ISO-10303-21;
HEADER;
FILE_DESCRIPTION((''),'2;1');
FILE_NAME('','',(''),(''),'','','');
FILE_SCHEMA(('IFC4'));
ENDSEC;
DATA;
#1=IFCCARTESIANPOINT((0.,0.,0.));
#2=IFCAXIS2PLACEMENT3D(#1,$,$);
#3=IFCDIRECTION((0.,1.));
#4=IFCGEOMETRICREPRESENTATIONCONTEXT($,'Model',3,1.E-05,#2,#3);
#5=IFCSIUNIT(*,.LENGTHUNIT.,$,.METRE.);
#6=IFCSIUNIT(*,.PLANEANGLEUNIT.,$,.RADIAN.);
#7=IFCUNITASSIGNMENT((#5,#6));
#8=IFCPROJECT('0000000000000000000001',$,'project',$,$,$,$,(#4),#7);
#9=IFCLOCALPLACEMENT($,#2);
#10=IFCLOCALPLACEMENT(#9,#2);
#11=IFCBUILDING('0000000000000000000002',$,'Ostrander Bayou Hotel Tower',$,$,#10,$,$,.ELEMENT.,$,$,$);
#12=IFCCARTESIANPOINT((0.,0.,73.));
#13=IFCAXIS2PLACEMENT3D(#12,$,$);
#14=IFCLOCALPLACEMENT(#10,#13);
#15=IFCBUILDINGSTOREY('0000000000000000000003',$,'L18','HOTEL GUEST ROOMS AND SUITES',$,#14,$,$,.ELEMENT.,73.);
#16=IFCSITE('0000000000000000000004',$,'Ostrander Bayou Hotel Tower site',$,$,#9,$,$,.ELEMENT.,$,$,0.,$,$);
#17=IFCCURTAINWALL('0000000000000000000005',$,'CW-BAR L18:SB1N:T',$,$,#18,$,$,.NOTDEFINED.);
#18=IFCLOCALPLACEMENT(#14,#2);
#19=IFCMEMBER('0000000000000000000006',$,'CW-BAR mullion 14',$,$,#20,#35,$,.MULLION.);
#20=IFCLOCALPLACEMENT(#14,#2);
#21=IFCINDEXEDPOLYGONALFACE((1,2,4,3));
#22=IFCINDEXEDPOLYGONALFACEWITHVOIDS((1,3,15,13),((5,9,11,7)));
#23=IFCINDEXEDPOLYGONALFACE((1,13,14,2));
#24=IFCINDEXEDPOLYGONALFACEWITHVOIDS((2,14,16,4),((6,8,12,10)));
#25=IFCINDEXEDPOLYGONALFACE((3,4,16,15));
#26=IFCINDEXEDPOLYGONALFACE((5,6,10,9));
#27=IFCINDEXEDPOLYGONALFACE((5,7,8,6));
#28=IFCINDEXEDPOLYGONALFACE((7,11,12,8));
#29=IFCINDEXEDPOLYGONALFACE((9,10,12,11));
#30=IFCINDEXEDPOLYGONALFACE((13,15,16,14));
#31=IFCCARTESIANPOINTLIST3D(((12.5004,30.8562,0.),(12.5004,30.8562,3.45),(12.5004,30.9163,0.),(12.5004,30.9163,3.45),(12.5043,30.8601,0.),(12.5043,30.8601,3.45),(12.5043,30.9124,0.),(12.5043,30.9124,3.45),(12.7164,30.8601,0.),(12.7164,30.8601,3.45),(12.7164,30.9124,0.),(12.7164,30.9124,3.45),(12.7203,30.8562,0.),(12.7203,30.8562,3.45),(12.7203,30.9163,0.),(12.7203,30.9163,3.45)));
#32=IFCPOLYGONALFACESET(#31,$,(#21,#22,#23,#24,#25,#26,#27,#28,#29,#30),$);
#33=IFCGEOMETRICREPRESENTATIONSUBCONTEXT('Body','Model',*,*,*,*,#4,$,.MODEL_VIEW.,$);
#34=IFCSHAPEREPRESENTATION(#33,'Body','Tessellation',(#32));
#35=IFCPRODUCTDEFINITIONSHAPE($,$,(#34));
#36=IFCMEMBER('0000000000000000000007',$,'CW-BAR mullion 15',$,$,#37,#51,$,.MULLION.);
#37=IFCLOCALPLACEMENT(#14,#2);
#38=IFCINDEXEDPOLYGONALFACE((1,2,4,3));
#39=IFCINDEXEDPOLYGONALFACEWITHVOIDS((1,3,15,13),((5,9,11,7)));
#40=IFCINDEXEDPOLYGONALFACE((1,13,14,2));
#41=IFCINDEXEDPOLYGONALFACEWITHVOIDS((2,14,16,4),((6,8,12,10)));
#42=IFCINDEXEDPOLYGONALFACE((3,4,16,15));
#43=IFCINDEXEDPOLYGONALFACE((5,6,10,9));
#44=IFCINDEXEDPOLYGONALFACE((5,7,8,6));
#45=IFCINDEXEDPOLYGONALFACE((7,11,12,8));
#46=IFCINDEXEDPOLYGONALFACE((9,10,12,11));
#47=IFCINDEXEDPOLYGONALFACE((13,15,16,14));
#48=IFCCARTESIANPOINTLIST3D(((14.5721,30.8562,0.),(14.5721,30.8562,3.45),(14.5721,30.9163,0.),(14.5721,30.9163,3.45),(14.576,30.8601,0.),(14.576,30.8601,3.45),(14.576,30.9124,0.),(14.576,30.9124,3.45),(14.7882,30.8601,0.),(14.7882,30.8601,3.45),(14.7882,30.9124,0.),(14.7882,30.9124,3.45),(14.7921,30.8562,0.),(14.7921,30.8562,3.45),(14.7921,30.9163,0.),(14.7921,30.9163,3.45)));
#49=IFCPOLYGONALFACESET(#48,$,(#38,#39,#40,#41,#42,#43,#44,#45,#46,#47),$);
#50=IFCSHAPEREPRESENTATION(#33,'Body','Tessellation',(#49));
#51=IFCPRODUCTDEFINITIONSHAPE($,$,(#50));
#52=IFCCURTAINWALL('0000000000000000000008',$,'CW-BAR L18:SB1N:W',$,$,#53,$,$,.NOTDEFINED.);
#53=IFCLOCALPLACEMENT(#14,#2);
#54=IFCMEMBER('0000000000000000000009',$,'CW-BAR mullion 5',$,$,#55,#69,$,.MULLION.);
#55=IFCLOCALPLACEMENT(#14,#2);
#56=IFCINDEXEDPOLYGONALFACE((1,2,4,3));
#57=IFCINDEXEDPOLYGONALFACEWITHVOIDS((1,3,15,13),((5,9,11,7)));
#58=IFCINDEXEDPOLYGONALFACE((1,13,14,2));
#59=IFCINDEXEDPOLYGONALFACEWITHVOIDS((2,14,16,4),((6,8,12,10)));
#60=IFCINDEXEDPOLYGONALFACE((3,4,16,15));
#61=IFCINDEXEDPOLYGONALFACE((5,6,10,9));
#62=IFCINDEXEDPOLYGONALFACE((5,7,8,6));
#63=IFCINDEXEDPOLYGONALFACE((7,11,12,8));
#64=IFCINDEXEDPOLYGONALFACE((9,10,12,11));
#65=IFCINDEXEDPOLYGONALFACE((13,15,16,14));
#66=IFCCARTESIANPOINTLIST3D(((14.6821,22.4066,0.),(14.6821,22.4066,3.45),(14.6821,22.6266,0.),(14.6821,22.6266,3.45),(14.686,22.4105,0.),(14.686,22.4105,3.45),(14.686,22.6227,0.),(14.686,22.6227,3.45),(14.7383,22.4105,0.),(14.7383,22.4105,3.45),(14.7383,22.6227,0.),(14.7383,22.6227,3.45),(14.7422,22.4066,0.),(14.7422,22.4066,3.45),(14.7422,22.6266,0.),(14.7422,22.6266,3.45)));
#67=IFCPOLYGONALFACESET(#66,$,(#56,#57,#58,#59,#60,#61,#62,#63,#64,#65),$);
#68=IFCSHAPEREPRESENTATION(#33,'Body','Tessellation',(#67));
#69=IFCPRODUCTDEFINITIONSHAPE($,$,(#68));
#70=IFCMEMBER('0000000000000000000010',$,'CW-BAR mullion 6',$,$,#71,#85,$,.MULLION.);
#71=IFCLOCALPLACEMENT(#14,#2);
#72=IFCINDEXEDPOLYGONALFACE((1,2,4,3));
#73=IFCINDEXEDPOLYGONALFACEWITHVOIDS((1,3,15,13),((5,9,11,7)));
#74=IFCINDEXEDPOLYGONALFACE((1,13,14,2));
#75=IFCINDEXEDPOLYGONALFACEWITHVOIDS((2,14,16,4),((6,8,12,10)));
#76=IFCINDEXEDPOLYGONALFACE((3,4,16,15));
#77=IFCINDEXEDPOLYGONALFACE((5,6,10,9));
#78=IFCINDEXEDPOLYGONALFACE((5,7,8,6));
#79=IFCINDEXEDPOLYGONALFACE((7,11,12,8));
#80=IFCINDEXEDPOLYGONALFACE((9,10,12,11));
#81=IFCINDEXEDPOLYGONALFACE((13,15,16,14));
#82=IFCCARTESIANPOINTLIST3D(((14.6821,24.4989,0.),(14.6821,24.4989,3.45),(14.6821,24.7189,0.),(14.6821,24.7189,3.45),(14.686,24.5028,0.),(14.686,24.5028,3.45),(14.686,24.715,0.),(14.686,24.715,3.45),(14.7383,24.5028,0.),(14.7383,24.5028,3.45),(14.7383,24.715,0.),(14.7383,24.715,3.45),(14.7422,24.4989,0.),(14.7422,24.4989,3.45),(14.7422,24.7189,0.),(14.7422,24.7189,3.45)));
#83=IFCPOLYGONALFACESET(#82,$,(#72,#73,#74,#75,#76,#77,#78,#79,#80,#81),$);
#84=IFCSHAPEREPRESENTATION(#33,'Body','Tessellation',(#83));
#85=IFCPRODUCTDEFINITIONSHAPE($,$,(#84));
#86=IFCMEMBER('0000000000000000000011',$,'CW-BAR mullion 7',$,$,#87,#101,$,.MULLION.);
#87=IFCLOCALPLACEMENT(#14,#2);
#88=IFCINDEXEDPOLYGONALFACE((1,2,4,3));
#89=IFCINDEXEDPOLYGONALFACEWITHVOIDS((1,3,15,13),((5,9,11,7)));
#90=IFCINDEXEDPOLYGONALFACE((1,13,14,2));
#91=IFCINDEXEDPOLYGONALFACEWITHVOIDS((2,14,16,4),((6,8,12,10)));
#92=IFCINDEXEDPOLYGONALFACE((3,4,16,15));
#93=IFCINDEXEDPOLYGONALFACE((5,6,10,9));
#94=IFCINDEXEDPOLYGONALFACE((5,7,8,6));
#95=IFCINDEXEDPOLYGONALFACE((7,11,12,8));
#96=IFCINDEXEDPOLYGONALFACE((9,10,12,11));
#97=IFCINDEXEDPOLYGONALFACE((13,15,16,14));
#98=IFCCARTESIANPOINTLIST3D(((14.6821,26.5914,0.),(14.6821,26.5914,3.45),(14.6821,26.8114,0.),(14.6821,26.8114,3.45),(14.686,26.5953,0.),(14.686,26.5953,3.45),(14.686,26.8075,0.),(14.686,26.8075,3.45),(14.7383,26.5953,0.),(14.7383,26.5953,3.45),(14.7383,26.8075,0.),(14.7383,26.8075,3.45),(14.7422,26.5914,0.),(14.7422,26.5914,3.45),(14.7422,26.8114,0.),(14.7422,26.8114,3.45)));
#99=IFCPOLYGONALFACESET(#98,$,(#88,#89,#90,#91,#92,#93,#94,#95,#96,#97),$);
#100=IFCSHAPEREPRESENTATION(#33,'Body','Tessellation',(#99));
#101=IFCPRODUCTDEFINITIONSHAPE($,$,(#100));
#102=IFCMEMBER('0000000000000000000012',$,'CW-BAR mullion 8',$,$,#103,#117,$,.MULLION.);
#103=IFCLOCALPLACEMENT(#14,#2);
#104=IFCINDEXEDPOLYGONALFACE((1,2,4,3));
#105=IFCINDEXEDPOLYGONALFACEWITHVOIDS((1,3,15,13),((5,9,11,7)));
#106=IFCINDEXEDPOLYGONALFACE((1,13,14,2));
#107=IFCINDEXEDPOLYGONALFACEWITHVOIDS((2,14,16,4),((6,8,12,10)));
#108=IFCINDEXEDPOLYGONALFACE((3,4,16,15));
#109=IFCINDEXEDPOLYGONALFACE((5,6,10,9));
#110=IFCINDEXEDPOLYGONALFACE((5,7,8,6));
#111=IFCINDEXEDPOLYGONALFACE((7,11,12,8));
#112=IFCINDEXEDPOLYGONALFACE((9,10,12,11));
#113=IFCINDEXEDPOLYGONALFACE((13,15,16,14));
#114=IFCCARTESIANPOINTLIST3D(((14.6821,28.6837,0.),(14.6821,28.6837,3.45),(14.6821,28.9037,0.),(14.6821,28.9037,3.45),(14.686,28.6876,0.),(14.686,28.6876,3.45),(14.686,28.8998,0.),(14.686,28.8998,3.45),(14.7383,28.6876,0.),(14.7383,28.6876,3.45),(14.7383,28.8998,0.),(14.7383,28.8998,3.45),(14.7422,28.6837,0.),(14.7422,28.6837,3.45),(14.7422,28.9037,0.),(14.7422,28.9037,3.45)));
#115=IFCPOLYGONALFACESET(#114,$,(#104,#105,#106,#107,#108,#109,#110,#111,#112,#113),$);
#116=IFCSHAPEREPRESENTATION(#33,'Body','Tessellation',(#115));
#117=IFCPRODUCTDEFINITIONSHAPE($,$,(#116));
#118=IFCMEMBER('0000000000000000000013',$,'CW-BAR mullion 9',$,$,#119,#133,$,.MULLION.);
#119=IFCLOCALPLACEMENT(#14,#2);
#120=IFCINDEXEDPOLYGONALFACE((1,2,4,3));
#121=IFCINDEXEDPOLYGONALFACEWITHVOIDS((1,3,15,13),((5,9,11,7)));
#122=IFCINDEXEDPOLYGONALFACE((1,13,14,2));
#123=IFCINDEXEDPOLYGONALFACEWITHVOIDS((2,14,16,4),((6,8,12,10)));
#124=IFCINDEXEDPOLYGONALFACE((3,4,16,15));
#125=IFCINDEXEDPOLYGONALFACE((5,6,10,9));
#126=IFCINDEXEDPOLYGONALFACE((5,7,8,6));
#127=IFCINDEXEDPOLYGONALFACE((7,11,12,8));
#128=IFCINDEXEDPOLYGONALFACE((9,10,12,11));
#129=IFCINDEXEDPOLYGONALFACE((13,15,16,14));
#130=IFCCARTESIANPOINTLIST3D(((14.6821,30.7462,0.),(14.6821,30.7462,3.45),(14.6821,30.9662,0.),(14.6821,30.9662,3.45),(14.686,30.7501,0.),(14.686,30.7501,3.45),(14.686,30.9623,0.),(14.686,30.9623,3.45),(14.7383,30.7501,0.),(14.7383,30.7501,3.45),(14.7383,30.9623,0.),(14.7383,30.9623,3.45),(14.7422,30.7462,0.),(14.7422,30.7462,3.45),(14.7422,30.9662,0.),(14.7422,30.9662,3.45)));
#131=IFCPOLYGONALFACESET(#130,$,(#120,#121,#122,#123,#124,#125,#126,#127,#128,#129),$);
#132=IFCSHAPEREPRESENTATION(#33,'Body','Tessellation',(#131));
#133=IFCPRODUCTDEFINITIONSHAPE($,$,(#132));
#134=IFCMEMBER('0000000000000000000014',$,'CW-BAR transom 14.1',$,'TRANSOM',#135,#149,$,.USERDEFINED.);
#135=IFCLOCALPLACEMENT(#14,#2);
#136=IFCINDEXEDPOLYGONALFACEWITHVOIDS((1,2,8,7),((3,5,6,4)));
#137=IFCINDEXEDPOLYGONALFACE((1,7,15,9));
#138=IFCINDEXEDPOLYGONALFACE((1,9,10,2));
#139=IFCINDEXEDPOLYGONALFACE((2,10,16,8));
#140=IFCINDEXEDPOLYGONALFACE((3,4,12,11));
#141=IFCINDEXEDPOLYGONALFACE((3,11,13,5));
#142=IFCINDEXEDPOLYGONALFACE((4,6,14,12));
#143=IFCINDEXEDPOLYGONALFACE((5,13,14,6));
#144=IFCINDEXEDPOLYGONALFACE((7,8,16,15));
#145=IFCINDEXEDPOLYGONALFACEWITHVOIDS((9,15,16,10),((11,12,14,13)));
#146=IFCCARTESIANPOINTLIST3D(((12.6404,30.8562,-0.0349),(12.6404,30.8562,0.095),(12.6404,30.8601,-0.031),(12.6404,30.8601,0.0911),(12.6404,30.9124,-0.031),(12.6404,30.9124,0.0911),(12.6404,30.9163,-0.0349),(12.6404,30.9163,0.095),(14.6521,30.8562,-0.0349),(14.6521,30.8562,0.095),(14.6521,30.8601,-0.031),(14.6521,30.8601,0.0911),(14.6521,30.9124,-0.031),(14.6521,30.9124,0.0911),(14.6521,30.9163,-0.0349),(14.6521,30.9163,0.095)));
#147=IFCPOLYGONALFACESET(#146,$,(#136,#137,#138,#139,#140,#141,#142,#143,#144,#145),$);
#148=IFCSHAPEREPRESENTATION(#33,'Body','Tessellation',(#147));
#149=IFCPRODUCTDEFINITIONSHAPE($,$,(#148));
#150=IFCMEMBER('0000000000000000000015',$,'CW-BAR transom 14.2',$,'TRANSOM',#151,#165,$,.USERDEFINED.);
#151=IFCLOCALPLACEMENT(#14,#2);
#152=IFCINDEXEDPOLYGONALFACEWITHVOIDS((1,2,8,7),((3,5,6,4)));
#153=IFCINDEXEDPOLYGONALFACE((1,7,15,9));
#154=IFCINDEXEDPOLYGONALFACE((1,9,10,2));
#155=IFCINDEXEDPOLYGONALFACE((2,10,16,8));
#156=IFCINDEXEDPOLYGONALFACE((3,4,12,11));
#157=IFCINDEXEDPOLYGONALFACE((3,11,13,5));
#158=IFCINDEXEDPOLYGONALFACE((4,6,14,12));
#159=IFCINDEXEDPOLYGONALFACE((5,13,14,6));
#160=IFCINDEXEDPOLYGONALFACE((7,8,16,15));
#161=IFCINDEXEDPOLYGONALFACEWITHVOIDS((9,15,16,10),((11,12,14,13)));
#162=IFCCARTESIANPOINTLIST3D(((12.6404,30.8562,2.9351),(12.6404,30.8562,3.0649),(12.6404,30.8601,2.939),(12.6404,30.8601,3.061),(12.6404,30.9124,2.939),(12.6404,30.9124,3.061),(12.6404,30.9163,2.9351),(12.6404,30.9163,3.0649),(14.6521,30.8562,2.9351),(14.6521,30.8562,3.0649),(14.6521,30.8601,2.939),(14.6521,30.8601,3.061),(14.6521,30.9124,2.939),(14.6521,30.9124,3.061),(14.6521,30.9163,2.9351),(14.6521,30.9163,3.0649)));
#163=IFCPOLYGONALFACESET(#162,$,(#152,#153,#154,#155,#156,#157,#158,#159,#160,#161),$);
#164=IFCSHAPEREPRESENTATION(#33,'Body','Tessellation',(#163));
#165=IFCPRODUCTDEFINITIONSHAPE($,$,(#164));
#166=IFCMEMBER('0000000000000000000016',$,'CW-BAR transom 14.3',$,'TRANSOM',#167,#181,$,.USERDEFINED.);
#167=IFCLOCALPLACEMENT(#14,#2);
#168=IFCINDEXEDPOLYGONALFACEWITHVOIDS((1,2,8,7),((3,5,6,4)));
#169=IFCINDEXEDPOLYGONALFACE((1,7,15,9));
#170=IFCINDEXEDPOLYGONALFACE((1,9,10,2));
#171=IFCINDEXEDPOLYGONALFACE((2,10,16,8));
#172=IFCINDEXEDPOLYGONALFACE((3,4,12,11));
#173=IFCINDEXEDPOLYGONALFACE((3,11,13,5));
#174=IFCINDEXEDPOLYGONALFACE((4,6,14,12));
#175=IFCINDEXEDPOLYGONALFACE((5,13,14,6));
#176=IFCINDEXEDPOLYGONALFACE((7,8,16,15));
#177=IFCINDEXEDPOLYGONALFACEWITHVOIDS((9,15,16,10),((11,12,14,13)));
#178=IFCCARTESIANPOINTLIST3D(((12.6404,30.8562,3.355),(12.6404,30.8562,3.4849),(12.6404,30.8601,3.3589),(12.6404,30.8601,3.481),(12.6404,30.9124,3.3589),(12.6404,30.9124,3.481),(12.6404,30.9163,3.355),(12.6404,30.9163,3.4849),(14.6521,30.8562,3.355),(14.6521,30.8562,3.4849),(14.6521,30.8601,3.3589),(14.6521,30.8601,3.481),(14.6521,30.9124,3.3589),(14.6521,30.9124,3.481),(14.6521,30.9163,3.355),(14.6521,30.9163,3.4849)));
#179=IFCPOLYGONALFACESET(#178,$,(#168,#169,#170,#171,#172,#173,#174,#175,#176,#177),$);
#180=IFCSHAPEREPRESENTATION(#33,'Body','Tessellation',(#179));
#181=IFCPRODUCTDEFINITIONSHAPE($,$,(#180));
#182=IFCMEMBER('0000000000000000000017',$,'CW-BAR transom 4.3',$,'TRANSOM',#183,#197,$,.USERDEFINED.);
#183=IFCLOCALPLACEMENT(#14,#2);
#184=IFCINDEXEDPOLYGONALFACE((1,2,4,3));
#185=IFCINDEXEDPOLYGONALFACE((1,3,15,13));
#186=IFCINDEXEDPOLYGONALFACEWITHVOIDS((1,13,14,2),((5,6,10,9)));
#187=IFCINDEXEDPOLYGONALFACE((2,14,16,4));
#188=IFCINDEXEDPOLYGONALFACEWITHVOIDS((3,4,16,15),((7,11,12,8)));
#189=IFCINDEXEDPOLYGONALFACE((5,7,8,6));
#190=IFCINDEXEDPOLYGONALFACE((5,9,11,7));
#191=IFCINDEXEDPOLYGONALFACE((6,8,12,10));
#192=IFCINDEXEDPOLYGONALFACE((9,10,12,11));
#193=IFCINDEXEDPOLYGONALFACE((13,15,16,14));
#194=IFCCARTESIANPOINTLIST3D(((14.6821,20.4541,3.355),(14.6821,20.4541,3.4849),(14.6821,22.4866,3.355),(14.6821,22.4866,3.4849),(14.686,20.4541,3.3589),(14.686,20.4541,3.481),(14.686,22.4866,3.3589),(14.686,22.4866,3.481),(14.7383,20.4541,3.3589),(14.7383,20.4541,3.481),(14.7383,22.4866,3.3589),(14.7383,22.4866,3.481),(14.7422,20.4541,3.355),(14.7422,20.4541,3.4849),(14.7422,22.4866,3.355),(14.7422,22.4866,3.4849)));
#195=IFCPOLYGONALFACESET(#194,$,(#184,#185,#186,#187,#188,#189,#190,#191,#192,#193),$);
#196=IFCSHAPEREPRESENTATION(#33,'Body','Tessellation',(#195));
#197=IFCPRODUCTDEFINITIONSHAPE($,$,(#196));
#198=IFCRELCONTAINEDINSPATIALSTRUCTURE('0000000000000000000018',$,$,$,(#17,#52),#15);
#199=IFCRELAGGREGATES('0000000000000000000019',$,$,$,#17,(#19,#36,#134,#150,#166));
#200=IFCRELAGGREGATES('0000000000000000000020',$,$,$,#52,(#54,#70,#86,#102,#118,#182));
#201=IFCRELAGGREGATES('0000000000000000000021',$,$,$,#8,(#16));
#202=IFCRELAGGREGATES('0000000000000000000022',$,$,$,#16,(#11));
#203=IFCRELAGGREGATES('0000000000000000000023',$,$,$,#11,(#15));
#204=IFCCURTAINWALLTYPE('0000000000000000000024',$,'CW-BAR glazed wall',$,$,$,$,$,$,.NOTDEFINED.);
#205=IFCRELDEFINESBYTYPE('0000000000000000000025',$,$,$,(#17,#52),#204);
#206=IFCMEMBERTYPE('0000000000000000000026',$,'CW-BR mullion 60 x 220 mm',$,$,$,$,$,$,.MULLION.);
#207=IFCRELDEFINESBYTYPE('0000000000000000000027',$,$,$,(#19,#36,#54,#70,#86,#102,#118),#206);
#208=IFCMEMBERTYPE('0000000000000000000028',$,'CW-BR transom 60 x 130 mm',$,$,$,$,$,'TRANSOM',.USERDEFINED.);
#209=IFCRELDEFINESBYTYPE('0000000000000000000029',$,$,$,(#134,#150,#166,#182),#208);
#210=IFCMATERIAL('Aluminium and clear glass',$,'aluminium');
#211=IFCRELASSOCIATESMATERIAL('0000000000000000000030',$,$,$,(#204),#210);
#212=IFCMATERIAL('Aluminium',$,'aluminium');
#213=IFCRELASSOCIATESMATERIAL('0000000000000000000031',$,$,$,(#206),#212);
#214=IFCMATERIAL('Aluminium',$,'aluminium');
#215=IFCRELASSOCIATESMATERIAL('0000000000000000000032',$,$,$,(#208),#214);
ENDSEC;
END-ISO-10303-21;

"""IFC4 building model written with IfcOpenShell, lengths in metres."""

from ifc_helpers import new_model, si_unit, direction, frame, origin, origin_2d, place, context, subcontext, project, spatial, hollow_rectangle, extrude, material, material_profile, profile_set, type_object, element, aggregate, save


model = new_model("IFC4")

# Units and contexts
model_context = context("Model", 3, precision=1e-05, world=origin(), true_north=direction((0.0, 1.0)))
body_context = subcontext(model_context, "Body", "Model", "MODEL_VIEW")
ifc_project = project(units=[si_unit("LENGTHUNIT", "METRE"), si_unit("PLANEANGLEUNIT", "RADIAN")], contexts=[model_context])

# Site, building, storey
site_placement = place(None, origin())
site = spatial("IfcSite", under=ifc_project, at=site_placement, Name="Ostrander Bayou Hotel Tower site", CompositionType="ELEMENT", RefElevation=0.0)
building_placement = place(site_placement, origin())
building = spatial("IfcBuilding", under=site, at=building_placement, Name="Ostrander Bayou Hotel Tower", CompositionType="ELEMENT")
storey_placement = place(building_placement, frame((0.0, 0.0, 73.0)))
storey = spatial("IfcBuildingStorey", under=building, at=storey_placement, Name="L18", Description="HOTEL GUEST ROOMS AND SUITES", CompositionType="ELEMENT", Elevation=73.0)

# Curtain walls, members
ifc_material_1 = material(Name="Aluminium and clear glass", Category="aluminium")
curtain_wall_type = type_object("IfcCurtainWallType", Name="CW-BAR glazed wall", PredefinedType="NOTDEFINED", material=ifc_material_1)
curtain_wall_1_placement = place(storey_placement, origin())
curtain_wall_1 = element("IfcCurtainWall", 1, at=curtain_wall_1_placement, inside=storey, type_object=curtain_wall_type, Name="CW-BAR L18:SB1N:T", PredefinedType="NOTDEFINED")
ifc_material_2 = material(Name="Aluminium", Category="aluminium")
ifc_material_profile_1 = material_profile(ifc_material_2, hollow_rectangle(XDim=0.0601, YDim=0.22, WallThickness=0.0039, at=origin_2d()))
ifc_profile_set_1 = profile_set([ifc_material_profile_1], Name="Aluminium")
member_type_1 = type_object("IfcMemberType", Name="CW-BR mullion 60 x 220 mm", PredefinedType="MULLION", material=ifc_profile_set_1)
member_1_placement = place(storey_placement, frame((12.6104, 30.8862, 0.0), z_axis=(0.0, 0.0, 1.0), x_axis=(0.0, 1.0, 0.0)))
member_1 = element("IfcMember", 2, at=member_1_placement, type_object=member_type_1, Name="CW-BAR mullion 14", PredefinedType="MULLION", context=body_context, shape_type="SweptSolid", body=[
    extrude(hollow_rectangle(XDim=0.0601, YDim=0.22, WallThickness=0.0039, at=origin_2d()), origin(), (0.0, 0.0, 1.0), 3.45),
])
member_2_placement = place(storey_placement, frame((14.6821, 30.8862, 0.0), z_axis=(0.0, 0.0, 1.0), x_axis=(0.0, 1.0, 0.0)))
member_2 = element("IfcMember", 3, at=member_2_placement, type_object=member_type_1, Name="CW-BAR mullion 15", PredefinedType="MULLION", context=body_context, shape_type="SweptSolid", body=[
    extrude(hollow_rectangle(XDim=0.0601, YDim=0.22, WallThickness=0.0039, at=origin_2d()), origin(), (0.0, 0.0, 1.0), 3.45),
])
curtain_wall_2_placement = place(storey_placement, origin())
curtain_wall_2 = element("IfcCurtainWall", 4, at=curtain_wall_2_placement, inside=storey, type_object=curtain_wall_type, Name="CW-BAR L18:SB1N:W", PredefinedType="NOTDEFINED")
member_3_placement = place(storey_placement, frame((14.7122, 22.5166, 0.0), z_axis=(0.0, 0.0, 1.0), x_axis=(-1.0, 0.0, 0.0)))
member_3 = element("IfcMember", 5, at=member_3_placement, type_object=member_type_1, Name="CW-BAR mullion 5", PredefinedType="MULLION", context=body_context, shape_type="SweptSolid", body=[
    extrude(hollow_rectangle(XDim=0.0601, YDim=0.22, WallThickness=0.0039, at=origin_2d()), origin(), (0.0, 0.0, 1.0), 3.45),
])
member_4_placement = place(storey_placement, frame((14.7122, 24.6089, 0.0), z_axis=(0.0, 0.0, 1.0), x_axis=(-1.0, 0.0, 0.0)))
member_4 = element("IfcMember", 6, at=member_4_placement, type_object=member_type_1, Name="CW-BAR mullion 6", PredefinedType="MULLION", context=body_context, shape_type="SweptSolid", body=[
    extrude(hollow_rectangle(XDim=0.0601, YDim=0.22, WallThickness=0.0039, at=origin_2d()), origin(), (0.0, 0.0, 1.0), 3.45),
])
member_5_placement = place(storey_placement, frame((14.7122, 26.7014, 0.0), z_axis=(0.0, 0.0, 1.0), x_axis=(-1.0, 0.0, 0.0)))
member_5 = element("IfcMember", 7, at=member_5_placement, type_object=member_type_1, Name="CW-BAR mullion 7", PredefinedType="MULLION", context=body_context, shape_type="SweptSolid", body=[
    extrude(hollow_rectangle(XDim=0.0601, YDim=0.22, WallThickness=0.0039, at=origin_2d()), origin(), (0.0, 0.0, 1.0), 3.45),
])
member_6_placement = place(storey_placement, frame((14.7122, 28.7937, 0.0), z_axis=(0.0, 0.0, 1.0), x_axis=(-1.0, 0.0, 0.0)))
member_6 = element("IfcMember", 8, at=member_6_placement, type_object=member_type_1, Name="CW-BAR mullion 8", PredefinedType="MULLION", context=body_context, shape_type="SweptSolid", body=[
    extrude(hollow_rectangle(XDim=0.0601, YDim=0.22, WallThickness=0.0039, at=origin_2d()), origin(), (0.0, 0.0, 1.0), 3.45),
])
member_7_placement = place(storey_placement, frame((14.7122, 30.8562, 0.0), z_axis=(0.0, 0.0, 1.0), x_axis=(-1.0, 0.0, 0.0)))
member_7 = element("IfcMember", 9, at=member_7_placement, type_object=member_type_1, Name="CW-BAR mullion 9", PredefinedType="MULLION", context=body_context, shape_type="SweptSolid", body=[
    extrude(hollow_rectangle(XDim=0.0601, YDim=0.22, WallThickness=0.0039, at=origin_2d()), origin(), (0.0, 0.0, 1.0), 3.45),
])

# Members
ifc_material_3 = material(Name="Aluminium", Category="aluminium")
ifc_material_profile_2 = material_profile(ifc_material_3, hollow_rectangle(XDim=0.0601, YDim=0.1299, WallThickness=0.0039, at=origin_2d()))
ifc_profile_set_2 = profile_set([ifc_material_profile_2], Name="Aluminium")
member_type_2 = type_object("IfcMemberType", Name="CW-BR transom 60 x 130 mm", ElementType="TRANSOM", PredefinedType="USERDEFINED", material=ifc_profile_set_2)
member_8_placement = place(storey_placement, frame((12.6404, 30.8862, 0.03), z_axis=(1.0, 0.0, 0.0), x_axis=(0.0, 1.0, 0.0)))
member_8 = element("IfcMember", 10, at=member_8_placement, type_object=member_type_2, Name="CW-BAR transom 14.1", ObjectType="TRANSOM", PredefinedType="USERDEFINED", context=body_context, shape_type="SweptSolid", body=[
    extrude(hollow_rectangle(XDim=0.0601, YDim=0.1299, WallThickness=0.0039, at=origin_2d()), origin(), (0.0, 0.0, 1.0), 2.0117),
])
member_9_placement = place(storey_placement, frame((12.6404, 30.8862, 3.0), z_axis=(1.0, 0.0, 0.0), x_axis=(0.0, 1.0, 0.0)))
member_9 = element("IfcMember", 11, at=member_9_placement, type_object=member_type_2, Name="CW-BAR transom 14.2", ObjectType="TRANSOM", PredefinedType="USERDEFINED", context=body_context, shape_type="SweptSolid", body=[
    extrude(hollow_rectangle(XDim=0.0601, YDim=0.1299, WallThickness=0.0039, at=origin_2d()), origin(), (0.0, 0.0, 1.0), 2.0117),
])
member_10_placement = place(storey_placement, frame((12.6404, 30.8862, 3.4199), z_axis=(1.0, 0.0, 0.0), x_axis=(0.0, 1.0, 0.0)))
member_10 = element("IfcMember", 12, at=member_10_placement, type_object=member_type_2, Name="CW-BAR transom 14.3", ObjectType="TRANSOM", PredefinedType="USERDEFINED", context=body_context, shape_type="SweptSolid", body=[
    extrude(hollow_rectangle(XDim=0.0601, YDim=0.1299, WallThickness=0.0039, at=origin_2d()), origin(), (0.0, 0.0, 1.0), 2.0117),
])
member_11_placement = place(storey_placement, frame((14.7122, 20.4541, 3.4199), z_axis=(0.0, 1.0, 0.0), x_axis=(-1.0, 0.0, 0.0)))
member_11 = element("IfcMember", 13, at=member_11_placement, type_object=member_type_2, Name="CW-BAR transom 4.3", ObjectType="TRANSOM", PredefinedType="USERDEFINED", context=body_context, shape_type="SweptSolid", body=[
    extrude(hollow_rectangle(XDim=0.0601, YDim=0.1299, WallThickness=0.0039, at=origin_2d()), origin(), (0.0, 0.0, 1.0), 2.0325),
])

aggregate(curtain_wall_1, [member_1, member_2, member_8, member_9, member_10])
aggregate(curtain_wall_2, [member_3, member_4, member_5, member_6, member_7, member_11])

save(model, "model.ifc")
